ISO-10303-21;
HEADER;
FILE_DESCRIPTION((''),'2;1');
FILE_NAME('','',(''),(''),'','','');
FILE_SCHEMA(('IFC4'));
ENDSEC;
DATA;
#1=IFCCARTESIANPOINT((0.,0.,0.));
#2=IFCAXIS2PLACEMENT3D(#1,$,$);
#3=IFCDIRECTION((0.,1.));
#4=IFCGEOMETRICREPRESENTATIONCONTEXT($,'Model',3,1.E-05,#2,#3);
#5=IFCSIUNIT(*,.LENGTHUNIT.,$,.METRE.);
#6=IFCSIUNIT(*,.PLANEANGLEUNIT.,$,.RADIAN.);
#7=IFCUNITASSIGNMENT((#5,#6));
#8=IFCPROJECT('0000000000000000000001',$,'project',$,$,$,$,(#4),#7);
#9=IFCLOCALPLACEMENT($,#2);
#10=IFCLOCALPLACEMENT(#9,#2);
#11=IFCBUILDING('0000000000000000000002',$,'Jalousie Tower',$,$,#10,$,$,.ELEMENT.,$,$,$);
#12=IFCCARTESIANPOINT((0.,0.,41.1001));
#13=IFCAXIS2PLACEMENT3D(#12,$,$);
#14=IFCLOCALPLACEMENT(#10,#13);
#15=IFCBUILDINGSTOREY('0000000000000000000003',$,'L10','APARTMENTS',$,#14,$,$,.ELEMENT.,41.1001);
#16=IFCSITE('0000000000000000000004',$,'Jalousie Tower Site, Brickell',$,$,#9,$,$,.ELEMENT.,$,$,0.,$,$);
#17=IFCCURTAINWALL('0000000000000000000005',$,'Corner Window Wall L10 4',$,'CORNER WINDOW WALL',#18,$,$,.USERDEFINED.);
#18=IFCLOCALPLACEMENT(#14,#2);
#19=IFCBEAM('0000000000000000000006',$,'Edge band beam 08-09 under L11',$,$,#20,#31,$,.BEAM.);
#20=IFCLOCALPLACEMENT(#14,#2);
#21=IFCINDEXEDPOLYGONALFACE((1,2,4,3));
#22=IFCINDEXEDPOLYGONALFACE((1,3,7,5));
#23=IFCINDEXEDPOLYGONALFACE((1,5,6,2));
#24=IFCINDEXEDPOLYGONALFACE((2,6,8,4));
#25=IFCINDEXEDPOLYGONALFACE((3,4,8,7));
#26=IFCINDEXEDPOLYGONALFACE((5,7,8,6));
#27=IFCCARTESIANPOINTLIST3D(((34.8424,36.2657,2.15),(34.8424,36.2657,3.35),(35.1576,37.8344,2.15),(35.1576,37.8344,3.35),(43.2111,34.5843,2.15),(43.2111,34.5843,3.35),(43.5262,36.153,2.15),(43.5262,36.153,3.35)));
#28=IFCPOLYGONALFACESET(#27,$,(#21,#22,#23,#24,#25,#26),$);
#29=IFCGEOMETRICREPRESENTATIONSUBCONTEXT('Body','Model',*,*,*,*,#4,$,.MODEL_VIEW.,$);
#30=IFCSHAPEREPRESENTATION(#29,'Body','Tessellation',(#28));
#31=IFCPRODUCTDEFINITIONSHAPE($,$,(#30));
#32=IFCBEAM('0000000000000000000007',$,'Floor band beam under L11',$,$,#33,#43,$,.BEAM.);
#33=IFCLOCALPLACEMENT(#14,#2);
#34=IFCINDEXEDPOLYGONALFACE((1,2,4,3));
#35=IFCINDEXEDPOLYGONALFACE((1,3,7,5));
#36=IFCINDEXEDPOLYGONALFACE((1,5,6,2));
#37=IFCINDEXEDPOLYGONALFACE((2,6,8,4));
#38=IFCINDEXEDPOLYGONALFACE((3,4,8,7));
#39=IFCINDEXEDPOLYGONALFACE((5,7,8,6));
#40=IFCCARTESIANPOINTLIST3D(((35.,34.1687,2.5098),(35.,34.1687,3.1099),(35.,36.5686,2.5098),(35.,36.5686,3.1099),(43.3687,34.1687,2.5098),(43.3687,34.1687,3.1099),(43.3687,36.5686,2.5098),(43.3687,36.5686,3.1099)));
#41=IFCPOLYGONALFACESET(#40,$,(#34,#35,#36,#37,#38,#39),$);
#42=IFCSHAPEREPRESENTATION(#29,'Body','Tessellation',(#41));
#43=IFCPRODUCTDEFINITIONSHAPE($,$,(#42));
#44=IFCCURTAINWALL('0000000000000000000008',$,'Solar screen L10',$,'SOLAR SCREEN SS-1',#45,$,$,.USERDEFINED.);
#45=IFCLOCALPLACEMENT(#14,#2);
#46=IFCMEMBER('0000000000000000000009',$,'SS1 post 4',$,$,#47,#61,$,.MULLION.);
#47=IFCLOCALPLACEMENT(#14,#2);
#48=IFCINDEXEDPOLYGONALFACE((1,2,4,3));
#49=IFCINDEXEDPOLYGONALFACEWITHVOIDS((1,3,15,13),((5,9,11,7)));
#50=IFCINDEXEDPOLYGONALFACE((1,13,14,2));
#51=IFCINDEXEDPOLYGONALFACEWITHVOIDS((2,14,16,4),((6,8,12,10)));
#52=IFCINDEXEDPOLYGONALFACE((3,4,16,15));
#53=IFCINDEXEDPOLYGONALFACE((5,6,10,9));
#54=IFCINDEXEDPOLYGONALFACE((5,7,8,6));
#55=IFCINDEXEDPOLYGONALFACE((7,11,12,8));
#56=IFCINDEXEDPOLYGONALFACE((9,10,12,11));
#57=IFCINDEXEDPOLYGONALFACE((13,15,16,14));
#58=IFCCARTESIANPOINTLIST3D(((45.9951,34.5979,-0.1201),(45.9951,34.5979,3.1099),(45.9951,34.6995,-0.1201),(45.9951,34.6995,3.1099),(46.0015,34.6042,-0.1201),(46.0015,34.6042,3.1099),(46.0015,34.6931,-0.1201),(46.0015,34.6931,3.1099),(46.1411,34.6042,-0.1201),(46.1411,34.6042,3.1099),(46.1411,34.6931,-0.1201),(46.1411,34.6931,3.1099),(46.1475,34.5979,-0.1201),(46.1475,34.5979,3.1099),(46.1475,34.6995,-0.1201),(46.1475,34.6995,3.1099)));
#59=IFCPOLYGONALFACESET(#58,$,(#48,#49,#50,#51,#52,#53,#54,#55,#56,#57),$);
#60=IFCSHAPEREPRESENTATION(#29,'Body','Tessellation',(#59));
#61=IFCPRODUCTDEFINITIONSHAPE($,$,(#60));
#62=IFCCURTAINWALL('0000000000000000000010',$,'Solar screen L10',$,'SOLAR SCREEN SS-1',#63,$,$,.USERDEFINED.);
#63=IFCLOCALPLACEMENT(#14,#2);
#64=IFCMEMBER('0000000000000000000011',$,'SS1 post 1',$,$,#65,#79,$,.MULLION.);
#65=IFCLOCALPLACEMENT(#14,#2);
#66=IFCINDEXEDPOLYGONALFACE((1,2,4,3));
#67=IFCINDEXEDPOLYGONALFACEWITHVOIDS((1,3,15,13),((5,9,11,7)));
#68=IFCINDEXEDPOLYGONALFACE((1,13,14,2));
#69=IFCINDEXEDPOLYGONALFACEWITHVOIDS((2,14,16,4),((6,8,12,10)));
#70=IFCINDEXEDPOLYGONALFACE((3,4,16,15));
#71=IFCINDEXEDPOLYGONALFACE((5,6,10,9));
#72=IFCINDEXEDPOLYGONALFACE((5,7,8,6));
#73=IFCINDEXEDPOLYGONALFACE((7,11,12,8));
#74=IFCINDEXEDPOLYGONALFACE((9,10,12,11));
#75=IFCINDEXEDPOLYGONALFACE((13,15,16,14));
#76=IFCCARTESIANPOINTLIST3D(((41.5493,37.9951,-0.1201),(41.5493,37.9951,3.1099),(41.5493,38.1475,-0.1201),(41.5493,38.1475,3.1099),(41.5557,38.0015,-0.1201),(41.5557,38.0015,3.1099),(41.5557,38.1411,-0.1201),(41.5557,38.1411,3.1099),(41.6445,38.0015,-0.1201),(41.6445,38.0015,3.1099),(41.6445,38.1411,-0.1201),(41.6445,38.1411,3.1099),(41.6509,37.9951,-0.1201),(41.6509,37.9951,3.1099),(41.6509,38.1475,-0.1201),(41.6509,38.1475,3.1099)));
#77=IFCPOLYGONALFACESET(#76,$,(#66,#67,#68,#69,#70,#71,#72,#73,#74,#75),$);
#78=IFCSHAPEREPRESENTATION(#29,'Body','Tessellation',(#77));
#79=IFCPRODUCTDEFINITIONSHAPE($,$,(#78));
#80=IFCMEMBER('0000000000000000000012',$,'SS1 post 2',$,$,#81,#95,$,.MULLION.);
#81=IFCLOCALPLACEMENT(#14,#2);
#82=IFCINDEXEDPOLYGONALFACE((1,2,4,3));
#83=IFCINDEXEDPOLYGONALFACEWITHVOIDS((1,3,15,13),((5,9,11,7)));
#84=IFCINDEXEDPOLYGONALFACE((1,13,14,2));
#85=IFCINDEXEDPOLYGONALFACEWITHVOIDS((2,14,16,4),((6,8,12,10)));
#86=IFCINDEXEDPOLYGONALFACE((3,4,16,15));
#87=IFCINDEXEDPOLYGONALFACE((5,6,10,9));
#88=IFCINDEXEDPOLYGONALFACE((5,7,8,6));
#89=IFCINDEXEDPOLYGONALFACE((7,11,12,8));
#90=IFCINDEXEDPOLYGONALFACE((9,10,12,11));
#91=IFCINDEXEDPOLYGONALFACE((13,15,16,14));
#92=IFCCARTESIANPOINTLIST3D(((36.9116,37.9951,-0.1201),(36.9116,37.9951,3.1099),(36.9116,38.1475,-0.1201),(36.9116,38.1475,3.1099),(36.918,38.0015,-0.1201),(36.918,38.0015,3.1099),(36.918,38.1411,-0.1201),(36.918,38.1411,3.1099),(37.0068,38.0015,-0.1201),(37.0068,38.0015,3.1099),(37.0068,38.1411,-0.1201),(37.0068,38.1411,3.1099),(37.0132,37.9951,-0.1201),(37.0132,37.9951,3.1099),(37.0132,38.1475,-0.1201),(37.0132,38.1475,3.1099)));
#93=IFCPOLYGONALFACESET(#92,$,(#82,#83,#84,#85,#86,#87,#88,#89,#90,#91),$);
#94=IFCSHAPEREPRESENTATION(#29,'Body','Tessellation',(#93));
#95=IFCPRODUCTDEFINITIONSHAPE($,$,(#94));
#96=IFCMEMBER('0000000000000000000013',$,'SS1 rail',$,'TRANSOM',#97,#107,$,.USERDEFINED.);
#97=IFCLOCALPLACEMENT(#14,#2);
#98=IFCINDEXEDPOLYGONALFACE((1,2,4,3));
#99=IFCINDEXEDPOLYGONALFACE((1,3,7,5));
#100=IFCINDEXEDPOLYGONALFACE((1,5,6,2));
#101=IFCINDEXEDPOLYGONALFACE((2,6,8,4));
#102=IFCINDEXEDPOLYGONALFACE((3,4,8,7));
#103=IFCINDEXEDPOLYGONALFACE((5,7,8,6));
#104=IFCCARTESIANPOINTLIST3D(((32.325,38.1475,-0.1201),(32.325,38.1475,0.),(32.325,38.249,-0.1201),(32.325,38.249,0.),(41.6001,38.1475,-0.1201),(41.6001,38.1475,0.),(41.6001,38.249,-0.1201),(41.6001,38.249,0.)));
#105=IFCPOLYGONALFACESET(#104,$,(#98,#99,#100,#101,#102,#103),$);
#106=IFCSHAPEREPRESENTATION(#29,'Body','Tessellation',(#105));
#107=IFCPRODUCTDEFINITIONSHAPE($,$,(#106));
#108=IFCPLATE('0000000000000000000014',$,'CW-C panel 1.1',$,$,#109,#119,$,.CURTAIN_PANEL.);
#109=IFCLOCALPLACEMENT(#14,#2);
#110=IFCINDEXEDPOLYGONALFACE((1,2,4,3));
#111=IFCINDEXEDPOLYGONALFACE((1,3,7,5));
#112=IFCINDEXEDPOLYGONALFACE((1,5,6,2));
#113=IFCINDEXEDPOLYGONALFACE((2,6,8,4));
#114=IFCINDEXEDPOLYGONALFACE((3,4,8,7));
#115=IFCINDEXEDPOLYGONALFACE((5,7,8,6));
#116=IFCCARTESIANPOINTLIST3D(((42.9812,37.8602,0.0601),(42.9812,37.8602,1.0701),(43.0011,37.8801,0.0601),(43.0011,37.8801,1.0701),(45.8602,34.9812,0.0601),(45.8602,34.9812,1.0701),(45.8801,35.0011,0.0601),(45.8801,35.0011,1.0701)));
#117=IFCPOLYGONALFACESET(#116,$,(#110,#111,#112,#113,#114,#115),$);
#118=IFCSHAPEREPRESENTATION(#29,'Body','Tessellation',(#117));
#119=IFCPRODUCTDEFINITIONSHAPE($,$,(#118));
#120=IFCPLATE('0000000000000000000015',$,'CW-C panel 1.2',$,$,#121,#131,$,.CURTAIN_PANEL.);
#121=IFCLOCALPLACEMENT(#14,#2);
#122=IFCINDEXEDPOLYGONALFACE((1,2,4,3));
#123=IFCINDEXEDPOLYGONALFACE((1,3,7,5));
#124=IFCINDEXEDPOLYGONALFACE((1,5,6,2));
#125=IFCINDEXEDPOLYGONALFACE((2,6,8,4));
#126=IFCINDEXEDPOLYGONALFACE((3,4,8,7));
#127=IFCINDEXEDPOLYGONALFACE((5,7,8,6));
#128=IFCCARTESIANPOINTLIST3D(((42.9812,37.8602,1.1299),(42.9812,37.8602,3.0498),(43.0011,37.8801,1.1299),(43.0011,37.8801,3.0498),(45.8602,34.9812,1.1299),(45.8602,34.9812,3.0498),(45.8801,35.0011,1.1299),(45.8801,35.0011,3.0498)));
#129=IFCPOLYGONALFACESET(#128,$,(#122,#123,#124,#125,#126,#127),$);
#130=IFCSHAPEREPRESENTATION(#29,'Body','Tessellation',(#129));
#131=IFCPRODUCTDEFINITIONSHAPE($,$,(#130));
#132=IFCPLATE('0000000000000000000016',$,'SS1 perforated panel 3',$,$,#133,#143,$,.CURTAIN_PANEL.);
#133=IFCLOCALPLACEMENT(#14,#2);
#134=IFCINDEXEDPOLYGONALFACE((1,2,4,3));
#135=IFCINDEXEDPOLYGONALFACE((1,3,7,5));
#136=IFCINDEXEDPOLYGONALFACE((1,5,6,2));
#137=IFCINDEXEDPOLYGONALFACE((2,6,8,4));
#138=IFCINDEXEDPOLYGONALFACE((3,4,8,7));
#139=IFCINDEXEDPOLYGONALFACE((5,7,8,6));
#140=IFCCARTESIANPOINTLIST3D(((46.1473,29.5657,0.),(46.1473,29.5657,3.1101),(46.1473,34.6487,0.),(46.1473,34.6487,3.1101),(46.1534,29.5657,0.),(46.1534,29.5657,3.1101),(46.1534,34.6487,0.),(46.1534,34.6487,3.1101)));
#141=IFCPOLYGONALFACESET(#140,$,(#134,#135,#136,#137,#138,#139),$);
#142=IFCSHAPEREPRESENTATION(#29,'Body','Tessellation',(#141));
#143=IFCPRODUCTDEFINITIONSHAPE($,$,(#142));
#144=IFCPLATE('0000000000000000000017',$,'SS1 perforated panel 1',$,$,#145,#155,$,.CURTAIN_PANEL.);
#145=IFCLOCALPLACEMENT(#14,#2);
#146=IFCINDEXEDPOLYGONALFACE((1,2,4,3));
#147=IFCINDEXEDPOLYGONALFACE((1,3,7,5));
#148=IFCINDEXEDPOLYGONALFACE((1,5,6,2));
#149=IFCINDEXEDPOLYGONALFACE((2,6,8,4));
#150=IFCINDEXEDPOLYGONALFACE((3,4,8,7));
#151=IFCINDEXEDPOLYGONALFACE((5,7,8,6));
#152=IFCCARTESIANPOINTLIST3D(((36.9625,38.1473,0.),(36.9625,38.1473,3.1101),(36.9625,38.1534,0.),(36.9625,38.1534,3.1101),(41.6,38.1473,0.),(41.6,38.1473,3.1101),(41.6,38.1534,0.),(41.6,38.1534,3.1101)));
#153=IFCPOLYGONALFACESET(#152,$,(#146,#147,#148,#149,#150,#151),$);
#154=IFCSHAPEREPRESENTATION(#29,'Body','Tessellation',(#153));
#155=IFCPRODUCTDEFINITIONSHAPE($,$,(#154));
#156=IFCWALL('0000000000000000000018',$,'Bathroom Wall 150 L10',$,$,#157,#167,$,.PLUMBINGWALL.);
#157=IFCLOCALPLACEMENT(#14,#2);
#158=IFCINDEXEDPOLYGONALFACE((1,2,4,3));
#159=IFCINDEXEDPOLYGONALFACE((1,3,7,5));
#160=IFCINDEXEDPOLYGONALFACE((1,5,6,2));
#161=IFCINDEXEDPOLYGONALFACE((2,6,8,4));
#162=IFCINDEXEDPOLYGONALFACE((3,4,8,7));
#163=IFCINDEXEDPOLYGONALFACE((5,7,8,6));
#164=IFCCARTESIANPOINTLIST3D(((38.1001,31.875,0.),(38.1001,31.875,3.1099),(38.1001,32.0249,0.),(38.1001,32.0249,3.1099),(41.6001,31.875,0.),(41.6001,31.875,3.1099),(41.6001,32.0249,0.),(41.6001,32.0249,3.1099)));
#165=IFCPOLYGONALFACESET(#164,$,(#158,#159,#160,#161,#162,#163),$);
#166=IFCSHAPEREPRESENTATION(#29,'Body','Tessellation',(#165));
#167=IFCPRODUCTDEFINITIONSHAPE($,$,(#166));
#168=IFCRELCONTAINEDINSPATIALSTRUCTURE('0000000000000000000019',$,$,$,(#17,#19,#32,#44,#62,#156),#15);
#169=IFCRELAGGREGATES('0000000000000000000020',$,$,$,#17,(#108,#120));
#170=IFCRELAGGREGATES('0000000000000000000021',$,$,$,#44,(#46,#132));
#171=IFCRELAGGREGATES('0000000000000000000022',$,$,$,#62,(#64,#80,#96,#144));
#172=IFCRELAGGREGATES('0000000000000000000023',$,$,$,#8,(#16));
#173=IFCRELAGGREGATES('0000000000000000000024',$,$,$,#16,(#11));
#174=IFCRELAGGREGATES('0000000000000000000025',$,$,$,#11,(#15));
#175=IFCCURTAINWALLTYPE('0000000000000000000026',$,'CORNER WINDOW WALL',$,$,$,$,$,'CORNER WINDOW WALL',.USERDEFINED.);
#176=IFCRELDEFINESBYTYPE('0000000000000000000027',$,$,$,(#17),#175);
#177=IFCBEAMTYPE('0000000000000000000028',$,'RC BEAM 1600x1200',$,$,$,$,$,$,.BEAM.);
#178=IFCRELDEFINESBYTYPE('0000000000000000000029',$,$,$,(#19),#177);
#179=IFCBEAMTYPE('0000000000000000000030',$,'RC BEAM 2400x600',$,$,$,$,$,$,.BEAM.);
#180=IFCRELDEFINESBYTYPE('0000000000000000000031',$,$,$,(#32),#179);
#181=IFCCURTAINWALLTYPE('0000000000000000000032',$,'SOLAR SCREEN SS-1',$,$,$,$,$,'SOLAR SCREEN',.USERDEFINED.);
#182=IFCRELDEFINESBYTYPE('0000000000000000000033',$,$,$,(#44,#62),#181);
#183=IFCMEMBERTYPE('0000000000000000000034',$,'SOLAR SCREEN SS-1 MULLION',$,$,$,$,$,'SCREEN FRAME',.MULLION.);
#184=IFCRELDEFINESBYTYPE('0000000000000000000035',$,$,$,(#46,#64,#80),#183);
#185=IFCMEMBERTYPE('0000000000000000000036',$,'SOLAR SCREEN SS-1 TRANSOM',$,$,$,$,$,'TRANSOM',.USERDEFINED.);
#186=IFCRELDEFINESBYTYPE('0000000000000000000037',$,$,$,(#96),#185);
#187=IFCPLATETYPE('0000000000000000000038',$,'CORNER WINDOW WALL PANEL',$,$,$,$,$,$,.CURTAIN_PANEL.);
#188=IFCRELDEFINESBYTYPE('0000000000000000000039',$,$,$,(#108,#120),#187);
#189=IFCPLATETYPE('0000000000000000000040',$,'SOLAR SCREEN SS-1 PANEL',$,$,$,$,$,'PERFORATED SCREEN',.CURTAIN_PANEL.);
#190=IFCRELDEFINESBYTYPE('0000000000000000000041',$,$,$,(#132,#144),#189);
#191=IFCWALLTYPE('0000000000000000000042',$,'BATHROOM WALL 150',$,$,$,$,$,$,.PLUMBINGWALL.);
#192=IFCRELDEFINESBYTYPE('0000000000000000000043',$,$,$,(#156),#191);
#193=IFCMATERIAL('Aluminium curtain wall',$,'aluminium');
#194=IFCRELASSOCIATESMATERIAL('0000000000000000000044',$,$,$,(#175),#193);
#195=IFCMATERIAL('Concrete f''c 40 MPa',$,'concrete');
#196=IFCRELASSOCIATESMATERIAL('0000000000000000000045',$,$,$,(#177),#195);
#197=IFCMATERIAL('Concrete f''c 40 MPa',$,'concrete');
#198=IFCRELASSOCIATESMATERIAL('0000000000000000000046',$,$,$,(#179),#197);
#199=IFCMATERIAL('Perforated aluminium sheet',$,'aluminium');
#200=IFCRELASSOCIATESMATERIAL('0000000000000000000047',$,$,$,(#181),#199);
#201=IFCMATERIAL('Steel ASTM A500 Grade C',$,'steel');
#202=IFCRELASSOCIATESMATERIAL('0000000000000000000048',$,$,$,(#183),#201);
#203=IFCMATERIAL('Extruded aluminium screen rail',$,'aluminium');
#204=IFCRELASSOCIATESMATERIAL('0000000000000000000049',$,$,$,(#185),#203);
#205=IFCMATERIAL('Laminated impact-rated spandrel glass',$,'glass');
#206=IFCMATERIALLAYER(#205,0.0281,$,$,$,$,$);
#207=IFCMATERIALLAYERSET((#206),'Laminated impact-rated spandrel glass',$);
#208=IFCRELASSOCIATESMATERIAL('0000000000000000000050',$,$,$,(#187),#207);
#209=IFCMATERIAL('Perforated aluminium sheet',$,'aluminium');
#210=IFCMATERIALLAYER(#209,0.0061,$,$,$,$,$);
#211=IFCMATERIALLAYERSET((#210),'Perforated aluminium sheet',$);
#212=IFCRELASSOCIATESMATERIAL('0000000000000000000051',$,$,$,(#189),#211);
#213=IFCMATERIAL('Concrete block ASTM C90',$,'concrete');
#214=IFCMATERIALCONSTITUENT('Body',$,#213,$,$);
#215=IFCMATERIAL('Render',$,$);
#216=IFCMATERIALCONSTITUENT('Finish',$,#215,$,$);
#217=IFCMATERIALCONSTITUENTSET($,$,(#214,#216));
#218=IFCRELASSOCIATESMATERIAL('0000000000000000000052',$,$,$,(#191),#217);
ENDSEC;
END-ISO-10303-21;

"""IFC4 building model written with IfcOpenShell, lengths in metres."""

from ifc_helpers import new_model, si_unit, direction, frame, frame_2d, origin, origin_2d, place, context, subcontext, project, spatial, rectangle, hollow_rectangle, extrude, material, layer, layer_set, constituent, constituent_set, material_profile, profile_set, type_object, element, aggregate, save


model = new_model("IFC4")

# Units and contexts
model_context = context("Model", 3, precision=1e-05, world=origin(), true_north=direction((0.0, 1.0)))
body_context = subcontext(model_context, "Body", "Model", "MODEL_VIEW")
ifc_project = project(units=[si_unit("LENGTHUNIT", "METRE"), si_unit("PLANEANGLEUNIT", "RADIAN")], contexts=[model_context])

# Site, building, storey
site_placement = place(None, origin())
site = spatial("IfcSite", under=ifc_project, at=site_placement, Name="Jalousie Tower Site, Brickell", CompositionType="ELEMENT", RefElevation=0.0)
building_placement = place(site_placement, origin())
building = spatial("IfcBuilding", under=site, at=building_placement, Name="Jalousie Tower", CompositionType="ELEMENT")
storey_placement = place(building_placement, frame((0.0, 0.0, 41.1001)))
storey = spatial("IfcBuildingStorey", under=building, at=storey_placement, Name="L10", Description="APARTMENTS", CompositionType="ELEMENT", Elevation=41.1001)

# Curtain wall
ifc_material_1 = material(Name="Aluminium curtain wall", Category="aluminium")
curtain_wall_type_1 = type_object("IfcCurtainWallType", Name="CORNER WINDOW WALL", ElementType="CORNER WINDOW WALL", PredefinedType="USERDEFINED", material=ifc_material_1)
curtain_wall_1_placement = place(storey_placement, origin())
curtain_wall_1 = element("IfcCurtainWall", 1, at=curtain_wall_1_placement, inside=storey, type_object=curtain_wall_type_1, Name="Corner Window Wall L10 4", ObjectType="CORNER WINDOW WALL", PredefinedType="USERDEFINED")

# Beams
ifc_material_2 = material(Name="Concrete f'c 40 MPa", Category="concrete")
ifc_material_profile_1 = material_profile(ifc_material_2, rectangle(XDim=1.6001, YDim=1.2, at=origin_2d()), Name="RC 1600x1200")
ifc_profile_set_1 = profile_set([ifc_material_profile_1], Name="Concrete f'c 40 MPa")
beam_type_1 = type_object("IfcBeamType", Name="RC BEAM 1600x1200", PredefinedType="BEAM", material=ifc_profile_set_1)
beam_1_placement = place(storey_placement, frame((43.3687, 35.3687, 2.75), z_axis=(-0.980408, 0.19698, 0.0), x_axis=(-0.19698, -0.980408, 0.0)))
element("IfcBeam", 2, at=beam_1_placement, inside=storey, type_object=beam_type_1, Name="Edge band beam 08-09 under L11", PredefinedType="BEAM", context=body_context, shape_type="SweptSolid", body=[
    extrude(rectangle(XDim=1.6001, YDim=1.2, at=origin_2d()), origin(), (0.0, 0.0, 1.0), 8.5359),
])
ifc_material_3 = material(Name="Concrete f'c 40 MPa", Category="concrete")
ifc_material_profile_2 = material_profile(ifc_material_3, rectangle(XDim=2.3999, YDim=0.6001, at=origin_2d()), Name="RC 2400x600")
ifc_profile_set_2 = profile_set([ifc_material_profile_2], Name="Concrete f'c 40 MPa")
beam_type_2 = type_object("IfcBeamType", Name="RC BEAM 2400x600", PredefinedType="BEAM", material=ifc_profile_set_2)
beam_2_placement = place(storey_placement, frame((43.3687, 35.3687, 2.8098), z_axis=(-1.0, 0.0, 0.0), x_axis=(0.0, -1.0, 0.0)))
element("IfcBeam", 3, at=beam_2_placement, inside=storey, type_object=beam_type_2, Name="Floor band beam under L11", PredefinedType="BEAM", context=body_context, shape_type="SweptSolid", body=[
    extrude(rectangle(XDim=2.3999, YDim=0.6001, at=origin_2d()), origin(), (0.0, 0.0, 1.0), 8.3687),
])

# Curtain wall, member
ifc_material_4 = material(Name="Perforated aluminium sheet", Category="aluminium")
curtain_wall_type_2 = type_object("IfcCurtainWallType", Name="SOLAR SCREEN SS-1", ElementType="SOLAR SCREEN", PredefinedType="USERDEFINED", material=ifc_material_4)
curtain_wall_2_placement = place(storey_placement, origin())
curtain_wall_2 = element("IfcCurtainWall", 4, at=curtain_wall_2_placement, inside=storey, type_object=curtain_wall_type_2, Name="Solar screen L10", ObjectType="SOLAR SCREEN SS-1", PredefinedType="USERDEFINED")
ifc_material_5 = material(Name="Steel ASTM A500 Grade C", Category="steel")
ifc_material_profile_3 = material_profile(ifc_material_5, hollow_rectangle(XDim=0.1016, YDim=0.1523, WallThickness=0.0063, at=origin_2d()), Name="HSS6X4X1/4")
ifc_profile_set_3 = profile_set([ifc_material_profile_3], Name="Steel ASTM A500 Grade C")
member_type_1 = type_object("IfcMemberType", Name="SOLAR SCREEN SS-1 MULLION", ElementType="SCREEN FRAME", PredefinedType="MULLION", material=ifc_profile_set_3)
member_1_placement = place(storey_placement, frame((46.0713, 34.6487, -0.1201), z_axis=(0.0, 0.0, 1.0), x_axis=(0.0, 1.0, 0.0)))
member_1 = element("IfcMember", 5, at=member_1_placement, type_object=member_type_1, Name="SS1 post 4", PredefinedType="MULLION", context=body_context, shape_type="SweptSolid", body=[
    extrude(hollow_rectangle(XDim=0.1016, YDim=0.1523, WallThickness=0.0063, at=origin_2d()), origin(), (0.0, 0.0, 1.0), 3.23),
])

# Curtain wall, members
curtain_wall_3_placement = place(storey_placement, origin())
curtain_wall_3 = element("IfcCurtainWall", 6, at=curtain_wall_3_placement, inside=storey, type_object=curtain_wall_type_2, Name="Solar screen L10", ObjectType="SOLAR SCREEN SS-1", PredefinedType="USERDEFINED")
member_2_placement = place(storey_placement, frame((41.6001, 38.0713, -0.1201), z_axis=(0.0, 0.0, 1.0), x_axis=(-1.0, 0.0, 0.0)))
member_2 = element("IfcMember", 7, at=member_2_placement, type_object=member_type_1, Name="SS1 post 1", PredefinedType="MULLION", context=body_context, shape_type="SweptSolid", body=[
    extrude(hollow_rectangle(XDim=0.1016, YDim=0.1523, WallThickness=0.0063, at=origin_2d()), origin(), (0.0, 0.0, 1.0), 3.23),
])
member_3_placement = place(storey_placement, frame((36.9624, 38.0713, -0.1201), z_axis=(0.0, 0.0, 1.0), x_axis=(-1.0, 0.0, 0.0)))
member_3 = element("IfcMember", 8, at=member_3_placement, type_object=member_type_1, Name="SS1 post 2", PredefinedType="MULLION", context=body_context, shape_type="SweptSolid", body=[
    extrude(hollow_rectangle(XDim=0.1016, YDim=0.1523, WallThickness=0.0063, at=origin_2d()), origin(), (0.0, 0.0, 1.0), 3.23),
])
ifc_material_6 = material(Name="Extruded aluminium screen rail", Category="aluminium")
ifc_material_profile_4 = material_profile(ifc_material_6, rectangle(XDim=0.1016, YDim=0.1201, at=origin_2d()), Name="RAIL 102x120")
ifc_profile_set_4 = profile_set([ifc_material_profile_4], Name="Extruded aluminium screen rail")
member_type_2 = type_object("IfcMemberType", Name="SOLAR SCREEN SS-1 TRANSOM", ElementType="TRANSOM", PredefinedType="USERDEFINED", material=ifc_profile_set_4)
member_4_placement = place(storey_placement, frame((41.6001, 38.1982, -0.0601), z_axis=(-1.0, 0.0, 0.0), x_axis=(0.0, -1.0, 0.0)))
member_4 = element("IfcMember", 9, at=member_4_placement, type_object=member_type_2, Name="SS1 rail", ObjectType="TRANSOM", PredefinedType="USERDEFINED", context=body_context, shape_type="SweptSolid", body=[
    extrude(rectangle(XDim=0.1016, YDim=0.1201, at=origin_2d()), origin(), (0.0, 0.0, 1.0), 9.2751),
])

# Plates
ifc_material_7 = material(Name="Laminated impact-rated spandrel glass", Category="glass")
ifc_layer_1 = layer(ifc_material_7, 0.0281)
ifc_layer_set_1 = layer_set([ifc_layer_1], Name="Laminated impact-rated spandrel glass")
plate_type_1 = type_object("IfcPlateType", Name="CORNER WINDOW WALL PANEL", PredefinedType="CURTAIN_PANEL", material=ifc_layer_set_1)
plate_1_placement = place(storey_placement, frame((44.4307, 36.4307, 0.0601), z_axis=(0.0, 0.0, 1.0), x_axis=(-0.707107, 0.707107, 0.0)))
plate_1 = element("IfcPlate", 10, at=plate_1_placement, type_object=plate_type_1, Name="CW-C panel 1.1", PredefinedType="CURTAIN_PANEL", context=body_context, shape_type="SweptSolid", body=[
    extrude(rectangle(XDim=4.0715, YDim=0.0281, at=origin_2d()), origin(), (0.0, 0.0, 1.0), 1.01),
])
plate_2_placement = place(storey_placement, frame((44.4307, 36.4307, 1.1299), z_axis=(0.0, 0.0, 1.0), x_axis=(-0.707107, 0.707107, 0.0)))
plate_2 = element("IfcPlate", 11, at=plate_2_placement, type_object=plate_type_1, Name="CW-C panel 1.2", PredefinedType="CURTAIN_PANEL", context=body_context, shape_type="SweptSolid", body=[
    extrude(rectangle(XDim=4.0715, YDim=0.0281, at=origin_2d()), origin(), (0.0, 0.0, 1.0), 1.9199),
])
aggregate(curtain_wall_1, [plate_1, plate_2])
ifc_material_8 = material(Name="Perforated aluminium sheet", Category="aluminium")
ifc_layer_2 = layer(ifc_material_8, 0.0061)
ifc_layer_set_2 = layer_set([ifc_layer_2], Name="Perforated aluminium sheet")
plate_type_2 = type_object("IfcPlateType", Name="SOLAR SCREEN SS-1 PANEL", ElementType="PERFORATED SCREEN", PredefinedType="CURTAIN_PANEL", material=ifc_layer_set_2)
plate_3_placement = place(storey_placement, frame((46.1504, 32.1072, 0.0), z_axis=(0.0, 0.0, 1.0), x_axis=(0.0, 1.0, 0.0)))
plate_3 = element("IfcPlate", 12, at=plate_3_placement, type_object=plate_type_2, Name="SS1 perforated panel 3", PredefinedType="CURTAIN_PANEL", context=body_context, shape_type="SweptSolid", body=[
    extrude(rectangle(XDim=5.083, YDim=0.0061, at=origin_2d()), origin(), (0.0, 0.0, 1.0), 3.1101),
])
aggregate(curtain_wall_2, [member_1, plate_3])
plate_4_placement = place(storey_placement, frame((39.2812, 38.1504, 0.0), z_axis=(0.0, 0.0, 1.0), x_axis=(-1.0, 0.0, 0.0)))
plate_4 = element("IfcPlate", 13, at=plate_4_placement, type_object=plate_type_2, Name="SS1 perforated panel 1", PredefinedType="CURTAIN_PANEL", context=body_context, shape_type="SweptSolid", body=[
    extrude(rectangle(XDim=4.6375, YDim=0.0061, at=origin_2d()), origin(), (0.0, 0.0, 1.0), 3.1101),
])
aggregate(curtain_wall_3, [member_2, member_3, member_4, plate_4])

# Wall
ifc_material_9 = material(Name="Concrete block ASTM C90", Category="concrete")
ifc_constituent_1 = constituent(ifc_material_9, Name="Body")
ifc_material_10 = material(Name="Render")
ifc_constituent_2 = constituent(ifc_material_10, Name="Finish")
ifc_constituent_set_1 = constituent_set(constituents=[ifc_constituent_1, ifc_constituent_2])
wall_type_1 = type_object("IfcWallType", Name="BATHROOM WALL 150", PredefinedType="PLUMBINGWALL", material=ifc_constituent_set_1)
wall_1_placement = place(storey_placement, frame((38.1001, 31.95, 0.0), z_axis=(0.0, 0.0, 1.0), x_axis=(1.0, 0.0, 0.0)))
element("IfcWall", 14, at=wall_1_placement, inside=storey, type_object=wall_type_1, Name="Bathroom Wall 150 L10", PredefinedType="PLUMBINGWALL", context=body_context, shape_type="SweptSolid", body=[
    extrude(rectangle(XDim=3.5, YDim=0.1499, at=frame_2d((1.75, 0.0))), origin(), (0.0, 0.0, 1.0), 3.1099),
])

save(model, "model.ifc")
